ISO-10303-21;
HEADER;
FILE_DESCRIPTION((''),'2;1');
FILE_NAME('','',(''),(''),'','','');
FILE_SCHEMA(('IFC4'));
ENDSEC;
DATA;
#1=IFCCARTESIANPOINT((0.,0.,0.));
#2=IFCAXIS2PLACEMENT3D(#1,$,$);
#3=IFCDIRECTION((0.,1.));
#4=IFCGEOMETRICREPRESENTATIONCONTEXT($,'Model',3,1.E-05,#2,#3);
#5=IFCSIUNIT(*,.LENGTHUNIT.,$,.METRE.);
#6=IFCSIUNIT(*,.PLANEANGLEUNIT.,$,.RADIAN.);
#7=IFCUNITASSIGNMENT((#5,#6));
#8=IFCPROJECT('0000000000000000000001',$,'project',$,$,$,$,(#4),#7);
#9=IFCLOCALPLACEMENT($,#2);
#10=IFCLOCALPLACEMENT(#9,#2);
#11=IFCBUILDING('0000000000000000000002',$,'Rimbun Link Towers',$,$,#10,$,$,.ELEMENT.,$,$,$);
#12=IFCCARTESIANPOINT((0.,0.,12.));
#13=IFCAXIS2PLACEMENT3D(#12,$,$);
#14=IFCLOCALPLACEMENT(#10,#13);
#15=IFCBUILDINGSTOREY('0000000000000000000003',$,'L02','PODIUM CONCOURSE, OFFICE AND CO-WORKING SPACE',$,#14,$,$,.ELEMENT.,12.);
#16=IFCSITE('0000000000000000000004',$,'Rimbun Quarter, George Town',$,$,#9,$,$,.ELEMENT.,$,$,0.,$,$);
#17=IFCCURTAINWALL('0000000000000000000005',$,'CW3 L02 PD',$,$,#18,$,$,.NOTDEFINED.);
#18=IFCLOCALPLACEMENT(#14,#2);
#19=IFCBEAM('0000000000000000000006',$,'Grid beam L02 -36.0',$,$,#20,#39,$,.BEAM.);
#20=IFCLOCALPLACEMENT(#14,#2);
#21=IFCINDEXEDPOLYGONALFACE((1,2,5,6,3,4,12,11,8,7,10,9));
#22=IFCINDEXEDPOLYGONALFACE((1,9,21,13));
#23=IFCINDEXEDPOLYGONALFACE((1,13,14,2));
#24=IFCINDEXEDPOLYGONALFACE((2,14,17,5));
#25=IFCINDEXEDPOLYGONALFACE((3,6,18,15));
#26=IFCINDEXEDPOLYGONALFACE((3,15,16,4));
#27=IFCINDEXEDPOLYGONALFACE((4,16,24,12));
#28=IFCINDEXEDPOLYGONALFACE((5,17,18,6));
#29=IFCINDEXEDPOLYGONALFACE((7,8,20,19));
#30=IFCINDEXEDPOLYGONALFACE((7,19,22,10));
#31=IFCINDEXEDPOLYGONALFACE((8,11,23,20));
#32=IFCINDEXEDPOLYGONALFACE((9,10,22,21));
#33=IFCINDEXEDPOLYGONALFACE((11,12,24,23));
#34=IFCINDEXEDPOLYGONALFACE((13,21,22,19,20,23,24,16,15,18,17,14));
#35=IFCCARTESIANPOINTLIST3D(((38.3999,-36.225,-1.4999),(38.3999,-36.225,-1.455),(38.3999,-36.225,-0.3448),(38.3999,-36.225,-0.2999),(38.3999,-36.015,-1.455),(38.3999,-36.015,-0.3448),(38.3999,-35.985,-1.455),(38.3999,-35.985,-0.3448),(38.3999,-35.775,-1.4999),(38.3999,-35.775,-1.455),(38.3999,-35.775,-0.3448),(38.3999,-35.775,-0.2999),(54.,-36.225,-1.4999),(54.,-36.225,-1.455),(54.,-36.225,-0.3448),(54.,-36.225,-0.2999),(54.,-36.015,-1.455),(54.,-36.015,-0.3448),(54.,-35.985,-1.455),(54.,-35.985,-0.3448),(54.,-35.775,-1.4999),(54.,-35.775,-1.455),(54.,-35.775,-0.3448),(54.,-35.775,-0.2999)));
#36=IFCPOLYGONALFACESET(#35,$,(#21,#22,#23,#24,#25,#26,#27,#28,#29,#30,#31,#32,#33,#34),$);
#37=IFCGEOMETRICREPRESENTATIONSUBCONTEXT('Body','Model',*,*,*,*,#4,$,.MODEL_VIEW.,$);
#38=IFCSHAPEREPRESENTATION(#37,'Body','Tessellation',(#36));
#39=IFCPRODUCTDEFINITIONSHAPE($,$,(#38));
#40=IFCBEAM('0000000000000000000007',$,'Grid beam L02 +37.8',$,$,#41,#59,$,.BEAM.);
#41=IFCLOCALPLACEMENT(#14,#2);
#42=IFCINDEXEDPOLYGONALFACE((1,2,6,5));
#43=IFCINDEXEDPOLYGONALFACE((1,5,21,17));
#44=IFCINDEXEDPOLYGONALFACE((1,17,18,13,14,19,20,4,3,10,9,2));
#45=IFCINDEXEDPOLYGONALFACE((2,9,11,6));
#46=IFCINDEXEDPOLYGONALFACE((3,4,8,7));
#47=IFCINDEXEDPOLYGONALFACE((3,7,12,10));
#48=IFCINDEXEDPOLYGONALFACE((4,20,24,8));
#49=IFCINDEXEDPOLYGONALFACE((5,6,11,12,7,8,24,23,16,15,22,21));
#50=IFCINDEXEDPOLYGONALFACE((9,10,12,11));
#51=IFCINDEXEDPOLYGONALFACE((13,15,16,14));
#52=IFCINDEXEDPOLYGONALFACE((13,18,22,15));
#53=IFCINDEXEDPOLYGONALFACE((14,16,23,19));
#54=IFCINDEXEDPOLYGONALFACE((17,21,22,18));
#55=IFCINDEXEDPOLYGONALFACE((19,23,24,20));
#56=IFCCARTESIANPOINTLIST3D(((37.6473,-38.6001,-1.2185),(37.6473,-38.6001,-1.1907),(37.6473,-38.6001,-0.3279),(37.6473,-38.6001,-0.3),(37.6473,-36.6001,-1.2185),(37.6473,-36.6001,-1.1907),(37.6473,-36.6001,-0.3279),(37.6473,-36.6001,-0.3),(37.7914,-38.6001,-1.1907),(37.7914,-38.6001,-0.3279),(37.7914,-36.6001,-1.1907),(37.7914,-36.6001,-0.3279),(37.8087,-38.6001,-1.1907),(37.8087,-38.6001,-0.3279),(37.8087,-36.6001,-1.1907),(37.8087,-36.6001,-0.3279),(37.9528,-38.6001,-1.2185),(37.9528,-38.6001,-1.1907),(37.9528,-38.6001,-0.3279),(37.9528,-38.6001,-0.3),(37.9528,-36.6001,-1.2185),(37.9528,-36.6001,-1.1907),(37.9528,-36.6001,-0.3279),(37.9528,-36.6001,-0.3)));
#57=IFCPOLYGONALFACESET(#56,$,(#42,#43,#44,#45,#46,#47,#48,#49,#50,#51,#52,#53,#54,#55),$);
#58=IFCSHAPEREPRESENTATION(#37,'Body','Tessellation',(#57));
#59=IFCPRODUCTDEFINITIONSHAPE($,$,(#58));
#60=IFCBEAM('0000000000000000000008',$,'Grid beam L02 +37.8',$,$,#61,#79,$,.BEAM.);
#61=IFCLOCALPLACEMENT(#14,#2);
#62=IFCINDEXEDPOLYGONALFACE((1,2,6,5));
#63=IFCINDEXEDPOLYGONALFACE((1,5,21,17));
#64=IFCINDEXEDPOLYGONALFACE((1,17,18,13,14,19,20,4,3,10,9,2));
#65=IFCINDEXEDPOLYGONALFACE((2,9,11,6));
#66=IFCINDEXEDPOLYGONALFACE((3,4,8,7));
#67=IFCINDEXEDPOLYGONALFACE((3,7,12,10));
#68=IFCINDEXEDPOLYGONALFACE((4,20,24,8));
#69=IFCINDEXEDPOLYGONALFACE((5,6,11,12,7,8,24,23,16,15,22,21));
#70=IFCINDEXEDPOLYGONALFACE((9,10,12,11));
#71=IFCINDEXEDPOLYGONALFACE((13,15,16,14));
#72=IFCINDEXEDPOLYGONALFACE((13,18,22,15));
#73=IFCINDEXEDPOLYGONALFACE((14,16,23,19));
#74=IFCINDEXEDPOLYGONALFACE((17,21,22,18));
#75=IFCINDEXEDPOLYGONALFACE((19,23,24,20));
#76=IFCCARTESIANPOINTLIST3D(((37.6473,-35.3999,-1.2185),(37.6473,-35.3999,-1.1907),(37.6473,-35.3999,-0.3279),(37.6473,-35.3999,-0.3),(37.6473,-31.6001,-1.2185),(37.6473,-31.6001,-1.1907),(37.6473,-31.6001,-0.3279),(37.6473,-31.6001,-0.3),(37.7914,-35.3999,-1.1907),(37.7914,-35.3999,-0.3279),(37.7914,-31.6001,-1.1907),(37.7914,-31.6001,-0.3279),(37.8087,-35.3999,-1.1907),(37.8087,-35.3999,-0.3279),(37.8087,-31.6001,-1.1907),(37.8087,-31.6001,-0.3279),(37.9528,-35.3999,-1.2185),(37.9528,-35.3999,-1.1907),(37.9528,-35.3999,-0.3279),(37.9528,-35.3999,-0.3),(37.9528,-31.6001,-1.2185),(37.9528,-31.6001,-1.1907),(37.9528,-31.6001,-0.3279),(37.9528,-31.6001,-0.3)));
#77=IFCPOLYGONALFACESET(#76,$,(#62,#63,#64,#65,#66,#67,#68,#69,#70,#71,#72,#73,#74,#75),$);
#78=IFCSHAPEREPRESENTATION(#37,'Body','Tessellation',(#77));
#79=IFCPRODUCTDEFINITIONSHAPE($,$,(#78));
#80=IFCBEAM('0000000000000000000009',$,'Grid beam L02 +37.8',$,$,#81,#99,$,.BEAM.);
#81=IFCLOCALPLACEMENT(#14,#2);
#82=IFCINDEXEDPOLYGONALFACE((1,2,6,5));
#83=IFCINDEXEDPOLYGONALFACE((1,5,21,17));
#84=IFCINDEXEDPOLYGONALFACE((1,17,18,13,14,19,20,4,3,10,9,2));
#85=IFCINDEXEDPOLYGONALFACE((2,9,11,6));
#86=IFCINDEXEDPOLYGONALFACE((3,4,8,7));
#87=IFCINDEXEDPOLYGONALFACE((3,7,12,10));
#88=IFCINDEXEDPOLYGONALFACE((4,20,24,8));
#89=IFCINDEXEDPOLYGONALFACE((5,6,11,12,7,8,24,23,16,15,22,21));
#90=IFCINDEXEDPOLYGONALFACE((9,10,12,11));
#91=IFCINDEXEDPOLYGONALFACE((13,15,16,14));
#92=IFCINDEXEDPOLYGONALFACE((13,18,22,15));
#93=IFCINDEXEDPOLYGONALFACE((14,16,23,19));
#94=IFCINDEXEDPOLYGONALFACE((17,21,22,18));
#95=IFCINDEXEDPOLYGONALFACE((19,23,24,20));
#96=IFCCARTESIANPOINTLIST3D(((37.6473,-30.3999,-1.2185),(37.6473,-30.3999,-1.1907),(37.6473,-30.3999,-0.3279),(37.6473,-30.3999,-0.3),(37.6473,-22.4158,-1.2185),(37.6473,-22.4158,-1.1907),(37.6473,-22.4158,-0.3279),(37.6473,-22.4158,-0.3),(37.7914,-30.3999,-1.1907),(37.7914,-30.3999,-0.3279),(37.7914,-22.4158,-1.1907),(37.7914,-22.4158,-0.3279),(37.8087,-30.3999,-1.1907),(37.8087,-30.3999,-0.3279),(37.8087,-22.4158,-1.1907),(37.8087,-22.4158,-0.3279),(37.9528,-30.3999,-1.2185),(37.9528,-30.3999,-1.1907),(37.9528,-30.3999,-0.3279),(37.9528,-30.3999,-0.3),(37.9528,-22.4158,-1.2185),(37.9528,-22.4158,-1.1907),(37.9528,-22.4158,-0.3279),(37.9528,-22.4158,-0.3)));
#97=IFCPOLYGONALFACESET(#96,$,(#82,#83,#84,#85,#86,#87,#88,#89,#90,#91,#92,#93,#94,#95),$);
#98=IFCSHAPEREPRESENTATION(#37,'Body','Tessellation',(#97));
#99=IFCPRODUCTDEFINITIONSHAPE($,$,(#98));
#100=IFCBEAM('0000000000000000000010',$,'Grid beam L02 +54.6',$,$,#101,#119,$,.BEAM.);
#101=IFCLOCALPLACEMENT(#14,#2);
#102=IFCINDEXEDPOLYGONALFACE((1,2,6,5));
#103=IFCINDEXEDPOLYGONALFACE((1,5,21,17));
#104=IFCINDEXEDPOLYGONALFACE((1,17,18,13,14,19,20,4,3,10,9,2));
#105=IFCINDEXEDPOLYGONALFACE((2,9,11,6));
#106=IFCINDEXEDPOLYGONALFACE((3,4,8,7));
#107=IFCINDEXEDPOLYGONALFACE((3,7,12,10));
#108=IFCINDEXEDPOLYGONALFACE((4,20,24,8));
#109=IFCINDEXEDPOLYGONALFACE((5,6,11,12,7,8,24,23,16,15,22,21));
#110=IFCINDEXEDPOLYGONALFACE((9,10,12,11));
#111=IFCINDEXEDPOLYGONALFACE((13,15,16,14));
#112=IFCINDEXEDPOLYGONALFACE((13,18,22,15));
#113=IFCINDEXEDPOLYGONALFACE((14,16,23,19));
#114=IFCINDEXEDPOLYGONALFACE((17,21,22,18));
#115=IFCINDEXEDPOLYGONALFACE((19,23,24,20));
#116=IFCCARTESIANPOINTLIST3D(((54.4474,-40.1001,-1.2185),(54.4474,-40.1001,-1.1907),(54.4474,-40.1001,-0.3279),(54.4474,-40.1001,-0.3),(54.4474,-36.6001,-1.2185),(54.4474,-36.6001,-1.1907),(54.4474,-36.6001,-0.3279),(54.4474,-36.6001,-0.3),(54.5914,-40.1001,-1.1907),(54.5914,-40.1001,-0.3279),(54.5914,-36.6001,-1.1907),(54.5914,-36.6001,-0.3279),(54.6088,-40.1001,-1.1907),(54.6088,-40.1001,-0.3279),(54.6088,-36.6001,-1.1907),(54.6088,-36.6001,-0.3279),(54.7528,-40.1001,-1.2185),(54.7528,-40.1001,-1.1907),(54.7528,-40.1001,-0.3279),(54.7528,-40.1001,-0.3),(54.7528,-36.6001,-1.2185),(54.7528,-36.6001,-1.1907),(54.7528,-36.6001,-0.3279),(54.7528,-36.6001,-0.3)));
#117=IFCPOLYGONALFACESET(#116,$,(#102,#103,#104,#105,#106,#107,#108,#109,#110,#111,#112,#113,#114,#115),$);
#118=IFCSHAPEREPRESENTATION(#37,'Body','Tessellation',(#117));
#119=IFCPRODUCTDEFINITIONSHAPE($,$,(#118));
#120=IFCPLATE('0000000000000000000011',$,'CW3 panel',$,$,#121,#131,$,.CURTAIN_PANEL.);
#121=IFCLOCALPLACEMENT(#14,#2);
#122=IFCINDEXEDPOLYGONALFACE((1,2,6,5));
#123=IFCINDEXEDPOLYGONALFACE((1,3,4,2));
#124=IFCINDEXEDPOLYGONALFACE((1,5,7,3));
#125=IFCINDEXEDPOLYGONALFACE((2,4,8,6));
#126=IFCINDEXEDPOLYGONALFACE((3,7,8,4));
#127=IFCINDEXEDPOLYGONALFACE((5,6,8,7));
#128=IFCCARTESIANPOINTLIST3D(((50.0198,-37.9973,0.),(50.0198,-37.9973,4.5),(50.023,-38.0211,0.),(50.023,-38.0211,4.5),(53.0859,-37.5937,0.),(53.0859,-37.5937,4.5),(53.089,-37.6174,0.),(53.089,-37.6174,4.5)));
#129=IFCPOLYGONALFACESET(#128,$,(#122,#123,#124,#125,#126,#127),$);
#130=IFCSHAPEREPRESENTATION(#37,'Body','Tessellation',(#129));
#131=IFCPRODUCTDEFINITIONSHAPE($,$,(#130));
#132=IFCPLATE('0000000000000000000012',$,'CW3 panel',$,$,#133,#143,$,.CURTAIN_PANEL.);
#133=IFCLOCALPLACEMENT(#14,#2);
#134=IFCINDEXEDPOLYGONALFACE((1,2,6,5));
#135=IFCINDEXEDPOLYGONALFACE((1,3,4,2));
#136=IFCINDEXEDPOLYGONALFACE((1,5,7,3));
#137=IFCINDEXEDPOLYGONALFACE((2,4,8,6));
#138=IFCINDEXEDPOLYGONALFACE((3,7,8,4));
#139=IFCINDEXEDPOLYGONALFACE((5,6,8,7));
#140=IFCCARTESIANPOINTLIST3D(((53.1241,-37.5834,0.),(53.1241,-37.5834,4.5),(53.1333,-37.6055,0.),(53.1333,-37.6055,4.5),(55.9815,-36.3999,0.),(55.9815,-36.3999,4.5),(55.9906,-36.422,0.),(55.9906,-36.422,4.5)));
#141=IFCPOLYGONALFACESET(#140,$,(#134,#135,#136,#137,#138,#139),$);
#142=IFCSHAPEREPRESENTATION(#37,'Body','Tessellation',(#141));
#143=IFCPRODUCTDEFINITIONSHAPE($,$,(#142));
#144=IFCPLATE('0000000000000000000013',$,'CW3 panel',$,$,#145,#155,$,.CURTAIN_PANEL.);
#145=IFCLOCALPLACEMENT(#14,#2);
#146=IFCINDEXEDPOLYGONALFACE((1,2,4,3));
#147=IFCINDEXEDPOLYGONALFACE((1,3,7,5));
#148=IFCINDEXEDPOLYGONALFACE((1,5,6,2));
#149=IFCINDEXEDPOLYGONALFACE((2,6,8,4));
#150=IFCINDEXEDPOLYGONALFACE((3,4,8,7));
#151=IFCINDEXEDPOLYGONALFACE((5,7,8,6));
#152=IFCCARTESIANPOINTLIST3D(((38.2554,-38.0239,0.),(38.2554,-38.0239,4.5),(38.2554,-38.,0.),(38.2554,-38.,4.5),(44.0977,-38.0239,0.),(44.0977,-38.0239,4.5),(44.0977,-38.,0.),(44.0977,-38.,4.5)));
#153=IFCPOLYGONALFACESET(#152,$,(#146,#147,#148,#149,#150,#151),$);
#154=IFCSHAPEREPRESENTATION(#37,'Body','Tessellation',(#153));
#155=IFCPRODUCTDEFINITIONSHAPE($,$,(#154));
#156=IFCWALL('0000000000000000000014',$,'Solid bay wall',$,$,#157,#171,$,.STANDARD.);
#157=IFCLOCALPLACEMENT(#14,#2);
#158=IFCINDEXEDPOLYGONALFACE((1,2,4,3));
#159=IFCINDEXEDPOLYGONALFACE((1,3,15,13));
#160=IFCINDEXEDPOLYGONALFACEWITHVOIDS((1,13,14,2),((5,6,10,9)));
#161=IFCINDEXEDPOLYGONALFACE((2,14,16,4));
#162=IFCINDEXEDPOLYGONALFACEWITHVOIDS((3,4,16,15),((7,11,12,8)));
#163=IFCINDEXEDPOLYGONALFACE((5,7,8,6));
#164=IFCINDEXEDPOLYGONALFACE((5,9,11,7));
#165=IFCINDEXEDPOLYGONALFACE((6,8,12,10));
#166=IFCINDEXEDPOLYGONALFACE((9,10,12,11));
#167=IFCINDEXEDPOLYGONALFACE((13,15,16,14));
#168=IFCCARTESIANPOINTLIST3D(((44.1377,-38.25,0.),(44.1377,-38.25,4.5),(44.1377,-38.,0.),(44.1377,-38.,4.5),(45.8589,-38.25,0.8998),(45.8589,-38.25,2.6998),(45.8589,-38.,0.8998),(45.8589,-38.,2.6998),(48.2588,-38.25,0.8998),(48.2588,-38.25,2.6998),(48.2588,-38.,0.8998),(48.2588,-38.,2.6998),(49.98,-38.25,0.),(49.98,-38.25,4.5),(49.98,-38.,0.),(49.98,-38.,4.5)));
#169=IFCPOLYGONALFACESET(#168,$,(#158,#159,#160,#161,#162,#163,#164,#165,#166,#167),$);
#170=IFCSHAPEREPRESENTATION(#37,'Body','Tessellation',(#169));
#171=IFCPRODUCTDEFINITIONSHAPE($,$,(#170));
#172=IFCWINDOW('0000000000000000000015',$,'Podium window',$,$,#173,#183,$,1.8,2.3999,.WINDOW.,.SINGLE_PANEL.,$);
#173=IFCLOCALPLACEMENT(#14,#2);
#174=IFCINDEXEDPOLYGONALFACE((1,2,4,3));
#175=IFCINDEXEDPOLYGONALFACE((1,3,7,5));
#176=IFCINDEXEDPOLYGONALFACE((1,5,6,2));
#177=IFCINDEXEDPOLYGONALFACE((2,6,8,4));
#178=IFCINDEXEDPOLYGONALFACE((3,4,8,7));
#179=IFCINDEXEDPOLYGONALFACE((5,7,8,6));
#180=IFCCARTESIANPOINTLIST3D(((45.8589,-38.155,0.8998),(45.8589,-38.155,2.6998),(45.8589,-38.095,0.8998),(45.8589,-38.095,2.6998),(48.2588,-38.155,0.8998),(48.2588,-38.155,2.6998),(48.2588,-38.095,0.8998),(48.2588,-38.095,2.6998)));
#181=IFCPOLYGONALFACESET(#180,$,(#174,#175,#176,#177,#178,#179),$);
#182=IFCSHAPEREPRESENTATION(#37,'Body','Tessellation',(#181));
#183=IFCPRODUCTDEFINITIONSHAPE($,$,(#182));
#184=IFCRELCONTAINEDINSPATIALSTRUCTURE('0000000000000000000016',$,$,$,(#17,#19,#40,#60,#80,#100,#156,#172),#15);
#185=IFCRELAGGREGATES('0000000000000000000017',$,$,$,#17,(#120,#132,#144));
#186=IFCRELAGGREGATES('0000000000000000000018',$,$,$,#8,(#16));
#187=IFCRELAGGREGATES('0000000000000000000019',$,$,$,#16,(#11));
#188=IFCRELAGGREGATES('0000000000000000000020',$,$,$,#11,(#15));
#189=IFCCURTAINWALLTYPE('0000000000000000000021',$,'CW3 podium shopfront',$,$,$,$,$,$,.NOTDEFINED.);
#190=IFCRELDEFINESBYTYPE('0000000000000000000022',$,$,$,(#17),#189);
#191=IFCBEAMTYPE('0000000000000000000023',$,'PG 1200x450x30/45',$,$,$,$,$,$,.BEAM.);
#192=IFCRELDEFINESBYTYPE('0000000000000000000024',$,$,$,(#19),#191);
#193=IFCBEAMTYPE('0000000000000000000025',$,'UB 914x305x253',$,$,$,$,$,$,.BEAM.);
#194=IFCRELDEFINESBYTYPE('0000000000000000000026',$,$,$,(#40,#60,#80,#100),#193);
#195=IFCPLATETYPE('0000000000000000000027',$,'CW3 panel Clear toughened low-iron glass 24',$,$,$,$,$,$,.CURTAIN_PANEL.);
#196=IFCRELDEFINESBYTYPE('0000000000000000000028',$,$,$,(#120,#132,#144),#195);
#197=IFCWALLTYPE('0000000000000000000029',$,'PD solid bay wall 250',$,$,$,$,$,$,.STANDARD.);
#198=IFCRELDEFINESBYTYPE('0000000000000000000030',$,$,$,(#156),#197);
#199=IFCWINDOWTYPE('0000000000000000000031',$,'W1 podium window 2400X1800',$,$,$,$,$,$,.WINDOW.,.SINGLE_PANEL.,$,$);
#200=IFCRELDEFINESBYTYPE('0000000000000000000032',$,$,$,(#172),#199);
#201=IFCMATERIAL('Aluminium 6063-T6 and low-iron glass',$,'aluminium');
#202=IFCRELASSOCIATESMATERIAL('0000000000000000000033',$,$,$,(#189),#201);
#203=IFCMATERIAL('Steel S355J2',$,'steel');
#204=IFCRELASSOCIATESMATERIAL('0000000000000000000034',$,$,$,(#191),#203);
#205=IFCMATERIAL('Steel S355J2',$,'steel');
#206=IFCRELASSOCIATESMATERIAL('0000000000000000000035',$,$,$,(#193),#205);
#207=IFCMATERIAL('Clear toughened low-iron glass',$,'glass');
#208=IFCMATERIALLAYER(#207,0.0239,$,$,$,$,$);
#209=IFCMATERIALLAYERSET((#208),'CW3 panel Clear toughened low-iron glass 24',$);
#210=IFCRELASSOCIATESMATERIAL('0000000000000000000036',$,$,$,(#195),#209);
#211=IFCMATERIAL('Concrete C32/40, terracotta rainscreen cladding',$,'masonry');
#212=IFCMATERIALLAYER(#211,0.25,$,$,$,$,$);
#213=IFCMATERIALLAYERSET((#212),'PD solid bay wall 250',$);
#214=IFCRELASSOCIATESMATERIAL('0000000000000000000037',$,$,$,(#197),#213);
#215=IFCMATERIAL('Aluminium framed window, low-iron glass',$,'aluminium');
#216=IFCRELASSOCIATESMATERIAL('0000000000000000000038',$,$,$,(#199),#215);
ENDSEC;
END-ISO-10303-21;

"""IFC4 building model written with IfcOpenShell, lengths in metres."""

from ifc_helpers import new_model, si_unit, direction, frame, frame_2d, origin, origin_2d, place, context, subcontext, project, spatial, rectangle, i_section, extrude, material, layer, layer_set, material_profile, profile_set, type_object, element, fill, aggregate, save


model = new_model("IFC4")

# Units and contexts
model_context = context("Model", 3, precision=1e-05, world=origin(), true_north=direction((0.0, 1.0)))
body_context = subcontext(model_context, "Body", "Model", "MODEL_VIEW")
ifc_project = project(units=[si_unit("LENGTHUNIT", "METRE"), si_unit("PLANEANGLEUNIT", "RADIAN")], contexts=[model_context])

# Site, building, storey
site_placement = place(None, origin())
site = spatial("IfcSite", under=ifc_project, at=site_placement, Name="Rimbun Quarter, George Town", CompositionType="ELEMENT", RefElevation=0.0)
building_placement = place(site_placement, origin())
building = spatial("IfcBuilding", under=site, at=building_placement, Name="Rimbun Link Towers", CompositionType="ELEMENT")
storey_placement = place(building_placement, frame((0.0, 0.0, 12.0)))
storey = spatial("IfcBuildingStorey", under=building, at=storey_placement, Name="L02", Description="PODIUM CONCOURSE, OFFICE AND CO-WORKING SPACE", CompositionType="ELEMENT", Elevation=12.0)

# Curtain wall
ifc_material_1 = material(Name="Aluminium 6063-T6 and low-iron glass", Category="aluminium")
curtain_wall_type = type_object("IfcCurtainWallType", Name="CW3 podium shopfront", PredefinedType="NOTDEFINED", material=ifc_material_1)
curtain_wall_placement = place(storey_placement, origin())
curtain_wall = element("IfcCurtainWall", 1, at=curtain_wall_placement, inside=storey, type_object=curtain_wall_type, Name="CW3 L02 PD", PredefinedType="NOTDEFINED")

# Beams
ifc_material_2 = material(Name="Steel S355J2", Category="steel")
ifc_material_profile_1 = material_profile(ifc_material_2, i_section(OverallWidth=0.45, OverallDepth=1.2, WebThickness=0.03, FlangeThickness=0.0449, at=origin_2d()), Name="PG 1200x450x30/45")
ifc_profile_set_1 = profile_set([ifc_material_profile_1], Name="Steel S355J2")
beam_type_1 = type_object("IfcBeamType", Name="PG 1200x450x30/45", PredefinedType="BEAM", material=ifc_profile_set_1)
beam_1_placement = place(storey_placement, frame((38.3999, -36.0, -0.8999), z_axis=(1.0, 0.0, 0.0), x_axis=(0.0, 1.0, 0.0)))
element("IfcBeam", 2, at=beam_1_placement, inside=storey, type_object=beam_type_1, Name="Grid beam L02 -36.0", PredefinedType="BEAM", context=body_context, shape_type="SweptSolid", body=[
    extrude(i_section(OverallWidth=0.45, OverallDepth=1.2, WebThickness=0.03, FlangeThickness=0.0449, at=origin_2d()), origin(), (0.0, 0.0, 1.0), 15.6001),
])
ifc_material_3 = material(Name="Steel S355J2", Category="steel")
ifc_material_profile_2 = material_profile(ifc_material_3, i_section(OverallWidth=0.3054, OverallDepth=0.9185, WebThickness=0.0173, FlangeThickness=0.0278, at=origin_2d()), Name="UB 914x305x253")
ifc_profile_set_2 = profile_set([ifc_material_profile_2], Name="Steel S355J2")
beam_type_2 = type_object("IfcBeamType", Name="UB 914x305x253", PredefinedType="BEAM", material=ifc_profile_set_2)
beam_2_placement = place(storey_placement, frame((37.8, -38.6001, -0.7593), z_axis=(0.0, 1.0, 0.0), x_axis=(-1.0, 0.0, 0.0)))
element("IfcBeam", 3, at=beam_2_placement, inside=storey, type_object=beam_type_2, Name="Grid beam L02 +37.8", PredefinedType="BEAM", context=body_context, shape_type="SweptSolid", body=[
    extrude(i_section(OverallWidth=0.3054, OverallDepth=0.9185, WebThickness=0.0173, FlangeThickness=0.0278, at=origin_2d()), origin(), (0.0, 0.0, 1.0), 2.0),
])
beam_3_placement = place(storey_placement, frame((37.8, -35.3999, -0.7593), z_axis=(0.0, 1.0, 0.0), x_axis=(-1.0, 0.0, 0.0)))
element("IfcBeam", 4, at=beam_3_placement, inside=storey, type_object=beam_type_2, Name="Grid beam L02 +37.8", PredefinedType="BEAM", context=body_context, shape_type="SweptSolid", body=[
    extrude(i_section(OverallWidth=0.3054, OverallDepth=0.9185, WebThickness=0.0173, FlangeThickness=0.0278, at=origin_2d()), origin(), (0.0, 0.0, 1.0), 3.7998),
])
beam_4_placement = place(storey_placement, frame((37.8, -30.3999, -0.7593), z_axis=(0.0, 1.0, 0.0), x_axis=(-1.0, 0.0, 0.0)))
element("IfcBeam", 5, at=beam_4_placement, inside=storey, type_object=beam_type_2, Name="Grid beam L02 +37.8", PredefinedType="BEAM", context=body_context, shape_type="SweptSolid", body=[
    extrude(i_section(OverallWidth=0.3054, OverallDepth=0.9185, WebThickness=0.0173, FlangeThickness=0.0278, at=origin_2d()), origin(), (0.0, 0.0, 1.0), 7.9841),
])
beam_5_placement = place(storey_placement, frame((54.6001, -40.1001, -0.7593), z_axis=(0.0, 1.0, 0.0), x_axis=(-1.0, 0.0, 0.0)))
element("IfcBeam", 6, at=beam_5_placement, inside=storey, type_object=beam_type_2, Name="Grid beam L02 +54.6", PredefinedType="BEAM", context=body_context, shape_type="SweptSolid", body=[
    extrude(i_section(OverallWidth=0.3054, OverallDepth=0.9185, WebThickness=0.0173, FlangeThickness=0.0278, at=origin_2d()), origin(), (0.0, 0.0, 1.0), 3.5),
])

# Plates
ifc_material_4 = material(Name="Clear toughened low-iron glass", Category="glass")
ifc_layer_1 = layer(ifc_material_4, 0.0239)
ifc_layer_set_1 = layer_set([ifc_layer_1], Name="CW3 panel Clear toughened low-iron glass 24")
plate_type = type_object("IfcPlateType", Name="CW3 panel Clear toughened low-iron glass 24", PredefinedType="CURTAIN_PANEL", material=ifc_layer_set_1)
plate_1_placement = place(storey_placement, frame((51.5544, -37.8074, 0.0), z_axis=(0.0, 0.0, 1.0), x_axis=(-0.991444, -0.13053, 0.0)))
plate_1 = element("IfcPlate", 7, at=plate_1_placement, type_object=plate_type, Name="CW3 panel", PredefinedType="CURTAIN_PANEL", context=body_context, shape_type="SweptSolid", body=[
    extrude(rectangle(XDim=3.0925, YDim=0.0239, at=origin_2d()), origin(), (0.0, 0.0, 1.0), 4.5),
])
plate_2_placement = place(storey_placement, frame((54.5574, -37.0027, 0.0), z_axis=(0.0, 0.0, 1.0), x_axis=(-0.923881, -0.382679, 0.0)))
plate_2 = element("IfcPlate", 8, at=plate_2_placement, type_object=plate_type, Name="CW3 panel", PredefinedType="CURTAIN_PANEL", context=body_context, shape_type="SweptSolid", body=[
    extrude(rectangle(XDim=3.0928, YDim=0.0239, at=origin_2d()), origin(), (0.0, 0.0, 1.0), 4.5),
])
plate_3_placement = place(storey_placement, frame((41.1765, -38.012, 0.0), z_axis=(0.0, 0.0, 1.0), x_axis=(-1.0, 0.0, 0.0)))
plate_3 = element("IfcPlate", 9, at=plate_3_placement, type_object=plate_type, Name="CW3 panel", PredefinedType="CURTAIN_PANEL", context=body_context, shape_type="SweptSolid", body=[
    extrude(rectangle(XDim=5.8423, YDim=0.0239, at=origin_2d()), origin(), (0.0, 0.0, 1.0), 4.5),
])
aggregate(curtain_wall, [plate_1, plate_2, plate_3])

# Wall, opening, window
ifc_material_5 = material(Name="Concrete C32/40, terracotta rainscreen cladding", Category="masonry")
ifc_layer_2 = layer(ifc_material_5, 0.25)
ifc_layer_set_2 = layer_set([ifc_layer_2], Name="PD solid bay wall 250")
wall_type_1 = type_object("IfcWallType", Name="PD solid bay wall 250", PredefinedType="STANDARD", material=ifc_layer_set_2)
wall_1_placement = place(storey_placement, frame((49.98, -38.125, 0.0), z_axis=(0.0, 0.0, 1.0), x_axis=(-1.0, 0.0, 0.0)))
wall_1 = element("IfcWall", 10, at=wall_1_placement, inside=storey, type_object=wall_type_1, Name="Solid bay wall", PredefinedType="STANDARD", context=body_context, shape_type="SweptSolid", body=[
    extrude(rectangle(XDim=5.8423, YDim=0.25, at=frame_2d((2.9211, 0.0))), origin(), (0.0, 0.0, 1.0), 4.5),
])
opening_1_placement = place(wall_1_placement, frame((1.7212, 0.0, 0.8999)))
opening_1 = element("IfcOpeningElement", 11, at=opening_1_placement, cuts=wall_1, PredefinedType="OPENING", context=body_context, shape_type="SweptSolid", body=[
    extrude(rectangle(XDim=2.3999, YDim=1.8, at=frame_2d((1.2, 0.8999))), frame((0.0, 0.135, 0.0), z_axis=(0.0, -1.0, 0.0), x_axis=(1.0, 0.0, 0.0)), (0.0, 0.0, 1.0), 0.27),
])
ifc_material_6 = material(Name="Aluminium framed window, low-iron glass", Category="aluminium")
window_type = type_object("IfcWindowType", Name="W1 podium window 2400X1800", PartitioningType="SINGLE_PANEL", PredefinedType="WINDOW", material=ifc_material_6)
window_placement = place(opening_1_placement, origin())
window = element("IfcWindow", 12, at=window_placement, inside=storey, type_object=window_type, Name="Podium window", OverallHeight=1.8, OverallWidth=2.3999, PartitioningType="SINGLE_PANEL", PredefinedType="WINDOW", context=body_context, shape_type="SweptSolid", body=[
    extrude(rectangle(XDim=2.3999, YDim=1.8, at=frame_2d((1.2, 0.8999))), frame((0.0, 0.03, 0.0), z_axis=(0.0, -1.0, 0.0), x_axis=(1.0, 0.0, 0.0)), (0.0, 0.0, 1.0), 0.0601),
])
fill(opening_1, window)

save(model, "model.ifc")
